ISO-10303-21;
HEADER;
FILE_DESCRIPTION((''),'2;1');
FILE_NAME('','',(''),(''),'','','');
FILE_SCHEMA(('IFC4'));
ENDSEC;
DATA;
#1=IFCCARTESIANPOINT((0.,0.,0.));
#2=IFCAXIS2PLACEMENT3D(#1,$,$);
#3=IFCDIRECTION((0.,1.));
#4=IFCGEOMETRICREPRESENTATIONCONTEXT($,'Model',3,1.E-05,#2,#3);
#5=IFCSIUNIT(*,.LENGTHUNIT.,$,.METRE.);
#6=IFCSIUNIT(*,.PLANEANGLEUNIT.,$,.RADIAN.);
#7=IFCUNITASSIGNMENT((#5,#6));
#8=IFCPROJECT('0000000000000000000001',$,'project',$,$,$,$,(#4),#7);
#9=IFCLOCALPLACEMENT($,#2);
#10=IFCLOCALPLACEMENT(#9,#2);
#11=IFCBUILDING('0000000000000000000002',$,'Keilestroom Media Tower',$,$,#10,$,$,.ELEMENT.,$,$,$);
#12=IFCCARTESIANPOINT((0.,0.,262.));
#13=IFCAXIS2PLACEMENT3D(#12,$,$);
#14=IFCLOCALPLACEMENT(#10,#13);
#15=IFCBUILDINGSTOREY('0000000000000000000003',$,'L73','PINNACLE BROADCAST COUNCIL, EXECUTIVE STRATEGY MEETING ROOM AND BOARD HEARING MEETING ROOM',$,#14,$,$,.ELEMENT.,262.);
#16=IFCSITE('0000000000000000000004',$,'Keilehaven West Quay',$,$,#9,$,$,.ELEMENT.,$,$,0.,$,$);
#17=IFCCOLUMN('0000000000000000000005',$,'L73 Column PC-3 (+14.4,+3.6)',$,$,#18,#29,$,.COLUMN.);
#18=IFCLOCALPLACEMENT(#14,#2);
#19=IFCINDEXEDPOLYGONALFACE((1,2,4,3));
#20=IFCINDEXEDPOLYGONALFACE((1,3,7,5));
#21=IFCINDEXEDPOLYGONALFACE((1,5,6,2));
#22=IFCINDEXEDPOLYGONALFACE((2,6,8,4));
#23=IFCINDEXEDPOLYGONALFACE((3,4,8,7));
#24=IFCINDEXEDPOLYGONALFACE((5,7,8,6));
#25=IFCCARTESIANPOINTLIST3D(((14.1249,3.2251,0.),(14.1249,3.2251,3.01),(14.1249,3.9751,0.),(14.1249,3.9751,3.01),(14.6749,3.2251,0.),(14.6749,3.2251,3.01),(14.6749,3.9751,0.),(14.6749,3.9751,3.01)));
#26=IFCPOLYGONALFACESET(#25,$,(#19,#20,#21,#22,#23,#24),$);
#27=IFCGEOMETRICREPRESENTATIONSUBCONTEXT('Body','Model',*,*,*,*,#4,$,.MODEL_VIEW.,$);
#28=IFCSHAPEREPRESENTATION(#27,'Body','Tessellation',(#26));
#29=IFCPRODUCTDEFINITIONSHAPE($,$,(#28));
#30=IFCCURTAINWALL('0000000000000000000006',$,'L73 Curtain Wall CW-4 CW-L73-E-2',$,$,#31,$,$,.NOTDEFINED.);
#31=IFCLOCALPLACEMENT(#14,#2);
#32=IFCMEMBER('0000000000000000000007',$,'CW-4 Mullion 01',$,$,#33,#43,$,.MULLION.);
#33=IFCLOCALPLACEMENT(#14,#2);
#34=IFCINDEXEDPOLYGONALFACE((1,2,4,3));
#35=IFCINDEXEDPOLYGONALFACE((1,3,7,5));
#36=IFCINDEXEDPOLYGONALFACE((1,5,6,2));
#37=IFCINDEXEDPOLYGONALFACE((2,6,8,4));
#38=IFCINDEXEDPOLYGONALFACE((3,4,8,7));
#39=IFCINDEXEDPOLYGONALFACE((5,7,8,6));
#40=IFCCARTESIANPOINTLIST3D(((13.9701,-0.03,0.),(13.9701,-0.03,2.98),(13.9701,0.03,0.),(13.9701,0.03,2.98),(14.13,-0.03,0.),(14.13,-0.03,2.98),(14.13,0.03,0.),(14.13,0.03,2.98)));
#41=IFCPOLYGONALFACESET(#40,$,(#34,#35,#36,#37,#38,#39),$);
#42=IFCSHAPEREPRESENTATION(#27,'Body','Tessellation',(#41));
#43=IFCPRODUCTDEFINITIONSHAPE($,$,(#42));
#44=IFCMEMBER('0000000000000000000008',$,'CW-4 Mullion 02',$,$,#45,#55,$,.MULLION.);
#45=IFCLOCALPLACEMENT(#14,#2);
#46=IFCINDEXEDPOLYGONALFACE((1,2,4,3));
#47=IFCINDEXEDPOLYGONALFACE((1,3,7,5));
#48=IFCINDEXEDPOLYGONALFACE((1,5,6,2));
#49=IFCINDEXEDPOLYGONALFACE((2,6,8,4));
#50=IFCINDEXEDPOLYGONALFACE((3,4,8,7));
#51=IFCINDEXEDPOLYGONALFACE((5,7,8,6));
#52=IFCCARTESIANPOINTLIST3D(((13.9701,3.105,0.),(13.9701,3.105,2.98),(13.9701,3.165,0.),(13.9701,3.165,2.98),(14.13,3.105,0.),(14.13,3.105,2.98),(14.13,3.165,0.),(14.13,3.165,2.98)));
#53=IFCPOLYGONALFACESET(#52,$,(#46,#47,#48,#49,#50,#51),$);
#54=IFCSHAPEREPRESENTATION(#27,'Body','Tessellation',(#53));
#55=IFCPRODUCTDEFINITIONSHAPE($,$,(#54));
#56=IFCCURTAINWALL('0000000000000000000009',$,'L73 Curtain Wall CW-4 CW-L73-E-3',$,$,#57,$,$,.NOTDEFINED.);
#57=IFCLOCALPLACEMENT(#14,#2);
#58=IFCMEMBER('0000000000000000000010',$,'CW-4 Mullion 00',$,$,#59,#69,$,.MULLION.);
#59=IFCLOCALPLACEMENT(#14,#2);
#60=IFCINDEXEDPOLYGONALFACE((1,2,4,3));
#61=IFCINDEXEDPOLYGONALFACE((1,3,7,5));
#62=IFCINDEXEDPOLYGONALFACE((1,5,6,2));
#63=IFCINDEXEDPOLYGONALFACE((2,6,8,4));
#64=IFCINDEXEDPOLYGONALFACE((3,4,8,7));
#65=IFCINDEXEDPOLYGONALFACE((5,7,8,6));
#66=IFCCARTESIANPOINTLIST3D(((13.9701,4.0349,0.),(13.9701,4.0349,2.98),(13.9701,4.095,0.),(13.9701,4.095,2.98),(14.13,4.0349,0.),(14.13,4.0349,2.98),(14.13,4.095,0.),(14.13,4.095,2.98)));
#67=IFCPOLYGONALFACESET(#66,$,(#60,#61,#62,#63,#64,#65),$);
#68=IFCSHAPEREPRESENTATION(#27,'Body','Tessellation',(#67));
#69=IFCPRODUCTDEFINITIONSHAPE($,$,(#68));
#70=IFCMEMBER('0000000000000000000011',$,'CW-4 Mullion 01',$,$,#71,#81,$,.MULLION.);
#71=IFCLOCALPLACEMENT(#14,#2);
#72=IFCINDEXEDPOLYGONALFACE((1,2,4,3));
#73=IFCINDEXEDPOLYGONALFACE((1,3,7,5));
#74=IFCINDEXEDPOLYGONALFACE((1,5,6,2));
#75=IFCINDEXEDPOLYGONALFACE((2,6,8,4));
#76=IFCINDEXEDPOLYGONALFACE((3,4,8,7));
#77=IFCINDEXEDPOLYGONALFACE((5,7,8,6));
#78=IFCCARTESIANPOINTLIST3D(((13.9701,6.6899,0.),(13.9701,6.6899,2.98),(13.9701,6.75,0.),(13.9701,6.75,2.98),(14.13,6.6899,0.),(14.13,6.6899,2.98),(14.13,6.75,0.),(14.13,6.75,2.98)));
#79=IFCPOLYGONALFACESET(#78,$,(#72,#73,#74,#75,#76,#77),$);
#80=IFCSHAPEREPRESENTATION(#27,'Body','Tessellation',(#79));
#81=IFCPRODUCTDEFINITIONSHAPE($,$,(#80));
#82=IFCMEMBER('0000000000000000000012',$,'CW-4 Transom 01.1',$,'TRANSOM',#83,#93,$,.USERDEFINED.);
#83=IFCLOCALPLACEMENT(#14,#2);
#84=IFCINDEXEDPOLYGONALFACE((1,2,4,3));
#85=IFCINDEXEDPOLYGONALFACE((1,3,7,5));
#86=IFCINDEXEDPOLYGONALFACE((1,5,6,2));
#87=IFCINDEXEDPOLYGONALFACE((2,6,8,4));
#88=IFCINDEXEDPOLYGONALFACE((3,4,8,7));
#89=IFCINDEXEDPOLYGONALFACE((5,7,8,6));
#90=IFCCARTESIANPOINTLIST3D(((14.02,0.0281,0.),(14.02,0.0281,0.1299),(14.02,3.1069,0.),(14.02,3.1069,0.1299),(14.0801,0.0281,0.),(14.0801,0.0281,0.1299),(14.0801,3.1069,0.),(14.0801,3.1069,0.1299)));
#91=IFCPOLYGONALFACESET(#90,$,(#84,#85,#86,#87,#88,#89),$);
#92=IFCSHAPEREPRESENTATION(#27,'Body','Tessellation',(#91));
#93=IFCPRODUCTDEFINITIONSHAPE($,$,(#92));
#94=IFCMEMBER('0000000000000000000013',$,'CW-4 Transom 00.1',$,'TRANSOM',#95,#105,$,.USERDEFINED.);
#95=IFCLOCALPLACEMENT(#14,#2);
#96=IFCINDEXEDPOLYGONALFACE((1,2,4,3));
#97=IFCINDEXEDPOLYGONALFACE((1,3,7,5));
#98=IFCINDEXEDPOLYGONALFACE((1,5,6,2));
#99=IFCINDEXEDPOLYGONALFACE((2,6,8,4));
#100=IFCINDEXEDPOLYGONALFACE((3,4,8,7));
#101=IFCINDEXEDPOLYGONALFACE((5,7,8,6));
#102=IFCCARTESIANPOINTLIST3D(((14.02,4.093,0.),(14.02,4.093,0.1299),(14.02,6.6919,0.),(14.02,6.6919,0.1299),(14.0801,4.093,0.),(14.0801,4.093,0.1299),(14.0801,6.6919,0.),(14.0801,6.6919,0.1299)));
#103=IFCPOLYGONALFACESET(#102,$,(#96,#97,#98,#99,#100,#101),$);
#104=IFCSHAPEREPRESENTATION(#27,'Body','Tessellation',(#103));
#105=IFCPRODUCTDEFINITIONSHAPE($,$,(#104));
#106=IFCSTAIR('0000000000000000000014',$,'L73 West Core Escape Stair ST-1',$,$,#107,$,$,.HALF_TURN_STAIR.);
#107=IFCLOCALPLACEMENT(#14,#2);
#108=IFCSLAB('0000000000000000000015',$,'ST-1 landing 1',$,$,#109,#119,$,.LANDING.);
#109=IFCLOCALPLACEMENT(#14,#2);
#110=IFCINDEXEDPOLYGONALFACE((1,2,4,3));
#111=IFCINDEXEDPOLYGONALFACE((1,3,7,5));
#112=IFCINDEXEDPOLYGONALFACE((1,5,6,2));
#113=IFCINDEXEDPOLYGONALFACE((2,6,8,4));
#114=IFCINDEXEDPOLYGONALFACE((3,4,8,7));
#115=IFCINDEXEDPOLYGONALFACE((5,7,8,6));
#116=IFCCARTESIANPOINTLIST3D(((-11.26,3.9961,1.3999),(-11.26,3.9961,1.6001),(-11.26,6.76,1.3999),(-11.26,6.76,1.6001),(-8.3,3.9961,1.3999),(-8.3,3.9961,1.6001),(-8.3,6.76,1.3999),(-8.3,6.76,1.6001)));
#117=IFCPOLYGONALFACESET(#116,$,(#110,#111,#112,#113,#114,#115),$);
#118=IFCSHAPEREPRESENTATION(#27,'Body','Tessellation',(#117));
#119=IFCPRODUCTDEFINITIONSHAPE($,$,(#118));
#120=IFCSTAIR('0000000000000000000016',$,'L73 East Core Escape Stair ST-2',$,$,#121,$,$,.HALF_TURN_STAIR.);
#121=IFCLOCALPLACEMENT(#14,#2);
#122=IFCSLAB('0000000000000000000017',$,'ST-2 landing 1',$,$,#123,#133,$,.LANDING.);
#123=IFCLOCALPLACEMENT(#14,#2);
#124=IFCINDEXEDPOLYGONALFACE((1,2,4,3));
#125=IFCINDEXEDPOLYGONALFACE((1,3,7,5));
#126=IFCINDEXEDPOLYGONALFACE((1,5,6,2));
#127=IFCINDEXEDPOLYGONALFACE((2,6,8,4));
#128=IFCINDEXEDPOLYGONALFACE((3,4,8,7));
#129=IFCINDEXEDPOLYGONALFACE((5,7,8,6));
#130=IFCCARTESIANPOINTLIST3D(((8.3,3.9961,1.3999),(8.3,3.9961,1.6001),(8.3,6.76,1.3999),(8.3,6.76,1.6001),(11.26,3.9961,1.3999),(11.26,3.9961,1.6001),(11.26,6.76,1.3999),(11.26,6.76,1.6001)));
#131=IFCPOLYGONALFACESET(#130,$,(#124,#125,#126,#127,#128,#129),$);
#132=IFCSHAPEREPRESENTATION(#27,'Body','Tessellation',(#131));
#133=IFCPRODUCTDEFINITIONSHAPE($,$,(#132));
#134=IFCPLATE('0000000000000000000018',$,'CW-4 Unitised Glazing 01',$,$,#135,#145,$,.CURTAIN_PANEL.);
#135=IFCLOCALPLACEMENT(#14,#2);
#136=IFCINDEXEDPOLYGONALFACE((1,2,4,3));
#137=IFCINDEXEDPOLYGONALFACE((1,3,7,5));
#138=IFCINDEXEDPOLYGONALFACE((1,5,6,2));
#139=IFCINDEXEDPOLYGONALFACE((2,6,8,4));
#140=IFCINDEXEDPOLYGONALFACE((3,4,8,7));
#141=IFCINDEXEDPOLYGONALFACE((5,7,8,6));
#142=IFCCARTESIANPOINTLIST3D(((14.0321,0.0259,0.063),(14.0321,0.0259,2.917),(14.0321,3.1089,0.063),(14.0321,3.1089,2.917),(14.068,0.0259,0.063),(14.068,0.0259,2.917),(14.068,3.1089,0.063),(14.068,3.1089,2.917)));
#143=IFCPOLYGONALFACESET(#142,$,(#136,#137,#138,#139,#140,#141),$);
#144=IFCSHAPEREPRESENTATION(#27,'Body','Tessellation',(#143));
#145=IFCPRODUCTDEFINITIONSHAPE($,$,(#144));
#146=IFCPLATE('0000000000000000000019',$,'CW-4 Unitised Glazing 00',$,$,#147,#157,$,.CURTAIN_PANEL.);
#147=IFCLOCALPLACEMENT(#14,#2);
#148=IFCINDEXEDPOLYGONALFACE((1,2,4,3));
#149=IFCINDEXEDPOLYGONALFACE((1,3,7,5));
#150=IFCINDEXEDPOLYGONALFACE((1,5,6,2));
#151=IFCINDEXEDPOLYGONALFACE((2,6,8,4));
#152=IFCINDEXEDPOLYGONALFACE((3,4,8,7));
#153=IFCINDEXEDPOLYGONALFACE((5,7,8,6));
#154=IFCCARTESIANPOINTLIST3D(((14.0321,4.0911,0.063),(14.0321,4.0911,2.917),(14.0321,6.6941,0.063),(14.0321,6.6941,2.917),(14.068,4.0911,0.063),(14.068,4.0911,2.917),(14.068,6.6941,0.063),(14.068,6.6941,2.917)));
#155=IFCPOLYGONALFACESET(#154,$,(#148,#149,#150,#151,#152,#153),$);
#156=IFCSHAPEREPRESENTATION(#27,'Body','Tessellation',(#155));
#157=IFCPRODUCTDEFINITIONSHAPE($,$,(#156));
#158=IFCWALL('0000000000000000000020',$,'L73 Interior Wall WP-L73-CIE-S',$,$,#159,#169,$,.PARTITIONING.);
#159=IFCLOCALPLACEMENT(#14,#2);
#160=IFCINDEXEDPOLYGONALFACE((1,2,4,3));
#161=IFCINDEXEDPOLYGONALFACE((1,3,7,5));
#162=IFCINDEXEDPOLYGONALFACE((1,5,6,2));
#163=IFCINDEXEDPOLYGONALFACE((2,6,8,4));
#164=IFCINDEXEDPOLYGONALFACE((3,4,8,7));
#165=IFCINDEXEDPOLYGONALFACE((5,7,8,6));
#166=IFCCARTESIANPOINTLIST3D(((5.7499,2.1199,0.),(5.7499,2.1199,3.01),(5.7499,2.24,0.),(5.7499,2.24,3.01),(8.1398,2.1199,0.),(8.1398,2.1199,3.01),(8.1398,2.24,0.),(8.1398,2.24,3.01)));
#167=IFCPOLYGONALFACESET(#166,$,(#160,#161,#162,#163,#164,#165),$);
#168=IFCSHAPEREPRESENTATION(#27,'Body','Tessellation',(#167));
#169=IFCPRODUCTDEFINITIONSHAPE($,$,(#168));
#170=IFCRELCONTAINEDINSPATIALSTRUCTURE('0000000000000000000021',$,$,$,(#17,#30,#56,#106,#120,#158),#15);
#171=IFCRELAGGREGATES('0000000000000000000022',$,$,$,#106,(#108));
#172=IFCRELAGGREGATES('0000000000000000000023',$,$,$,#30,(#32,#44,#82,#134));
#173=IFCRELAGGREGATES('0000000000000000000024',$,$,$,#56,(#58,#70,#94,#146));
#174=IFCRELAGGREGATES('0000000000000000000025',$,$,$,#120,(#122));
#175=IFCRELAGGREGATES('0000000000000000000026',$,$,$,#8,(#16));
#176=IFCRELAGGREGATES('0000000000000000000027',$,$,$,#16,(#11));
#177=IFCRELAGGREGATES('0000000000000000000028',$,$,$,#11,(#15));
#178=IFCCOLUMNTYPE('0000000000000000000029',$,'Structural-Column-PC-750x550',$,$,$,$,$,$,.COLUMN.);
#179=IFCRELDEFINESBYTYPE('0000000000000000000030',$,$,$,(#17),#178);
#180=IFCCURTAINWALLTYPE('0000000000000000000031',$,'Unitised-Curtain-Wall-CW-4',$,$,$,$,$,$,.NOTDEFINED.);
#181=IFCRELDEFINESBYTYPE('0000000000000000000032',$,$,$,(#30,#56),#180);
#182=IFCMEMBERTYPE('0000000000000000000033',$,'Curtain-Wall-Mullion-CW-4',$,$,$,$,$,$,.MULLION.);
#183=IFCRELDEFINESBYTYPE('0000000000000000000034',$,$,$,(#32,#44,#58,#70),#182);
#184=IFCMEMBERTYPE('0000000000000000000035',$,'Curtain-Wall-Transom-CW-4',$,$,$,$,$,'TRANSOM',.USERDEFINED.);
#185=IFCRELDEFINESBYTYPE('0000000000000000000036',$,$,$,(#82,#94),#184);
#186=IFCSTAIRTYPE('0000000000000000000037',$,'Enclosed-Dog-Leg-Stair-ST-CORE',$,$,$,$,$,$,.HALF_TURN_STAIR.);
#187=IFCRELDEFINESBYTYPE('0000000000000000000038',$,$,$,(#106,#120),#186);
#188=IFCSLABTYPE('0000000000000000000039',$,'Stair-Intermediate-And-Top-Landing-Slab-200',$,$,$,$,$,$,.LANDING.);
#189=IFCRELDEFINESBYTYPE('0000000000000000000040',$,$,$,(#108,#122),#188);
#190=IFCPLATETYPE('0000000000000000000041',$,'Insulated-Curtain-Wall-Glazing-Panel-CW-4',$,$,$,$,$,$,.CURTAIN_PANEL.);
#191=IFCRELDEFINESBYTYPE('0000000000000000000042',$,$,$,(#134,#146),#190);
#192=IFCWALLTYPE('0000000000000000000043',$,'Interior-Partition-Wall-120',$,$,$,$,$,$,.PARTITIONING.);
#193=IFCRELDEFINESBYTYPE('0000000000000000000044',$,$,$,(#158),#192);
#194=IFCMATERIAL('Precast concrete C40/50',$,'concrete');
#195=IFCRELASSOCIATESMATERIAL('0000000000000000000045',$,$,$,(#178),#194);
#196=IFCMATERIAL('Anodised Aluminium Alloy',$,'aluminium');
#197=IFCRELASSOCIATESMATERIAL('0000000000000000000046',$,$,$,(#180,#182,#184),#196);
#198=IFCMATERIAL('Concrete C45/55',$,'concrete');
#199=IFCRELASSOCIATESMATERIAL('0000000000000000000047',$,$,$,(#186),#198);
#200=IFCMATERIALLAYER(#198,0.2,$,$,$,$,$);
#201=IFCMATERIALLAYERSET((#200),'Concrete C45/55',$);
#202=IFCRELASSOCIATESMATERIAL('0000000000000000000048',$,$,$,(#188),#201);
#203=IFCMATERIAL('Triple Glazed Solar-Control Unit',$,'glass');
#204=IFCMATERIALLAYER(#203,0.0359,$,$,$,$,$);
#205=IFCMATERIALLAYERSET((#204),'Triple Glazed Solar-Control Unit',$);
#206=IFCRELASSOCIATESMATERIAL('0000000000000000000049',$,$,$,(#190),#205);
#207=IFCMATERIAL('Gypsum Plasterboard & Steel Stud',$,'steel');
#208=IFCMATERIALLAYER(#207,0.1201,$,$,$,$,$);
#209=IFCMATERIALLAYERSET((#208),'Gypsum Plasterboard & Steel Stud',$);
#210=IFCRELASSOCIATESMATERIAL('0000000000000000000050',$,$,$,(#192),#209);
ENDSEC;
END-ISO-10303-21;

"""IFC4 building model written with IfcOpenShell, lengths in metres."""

from ifc_helpers import new_model, si_unit, direction, frame, frame_2d, origin, origin_2d, place, context, subcontext, project, spatial, polyline, rectangle, outline, extrude, source, transform, mapped, material, layer, layer_set, material_profile, profile_set, type_object, element, aggregate, save


model = new_model("IFC4")

# Units and contexts
model_context = context("Model", 3, precision=1e-05, world=origin(), true_north=direction((0.0, 1.0)))
body_context = subcontext(model_context, "Body", "Model", "MODEL_VIEW")
ifc_project = project(units=[si_unit("LENGTHUNIT", "METRE"), si_unit("PLANEANGLEUNIT", "RADIAN")], contexts=[model_context])

# Site, building, storey
site_placement = place(None, origin())
site = spatial("IfcSite", under=ifc_project, at=site_placement, Name="Keilehaven West Quay", CompositionType="ELEMENT", RefElevation=0.0)
building_placement = place(site_placement, origin())
building = spatial("IfcBuilding", under=site, at=building_placement, Name="Keilestroom Media Tower", CompositionType="ELEMENT")
storey_placement = place(building_placement, frame((0.0, 0.0, 262.0)))
storey = spatial("IfcBuildingStorey", under=building, at=storey_placement, Name="L73", Description="PINNACLE BROADCAST COUNCIL, EXECUTIVE STRATEGY MEETING ROOM AND BOARD HEARING MEETING ROOM", CompositionType="ELEMENT", Elevation=262.0)

# Column
ifc_material_1 = material(Name="Precast concrete C40/50", Category="concrete")
ifc_material_profile_1 = material_profile(ifc_material_1, rectangle(XDim=0.55, YDim=0.75, at=origin_2d()), Name="PC 750x550")
ifc_profile_set_1 = profile_set([ifc_material_profile_1], Name="Precast concrete C40/50")
column_type = type_object("IfcColumnType", Name="Structural-Column-PC-750x550", PredefinedType="COLUMN", material=ifc_profile_set_1)
shared_shape_1 = source(origin(), body_context, "Body", "SweptSolid", [
    extrude(rectangle(XDim=0.55, YDim=0.75, at=origin_2d()), origin(), (0.0, 0.0, 1.0), 3.01),
])
column_placement = place(storey_placement, frame((14.3999, 3.6001, 0.0), z_axis=(0.0, 0.0, 1.0), x_axis=(1.0, 0.0, 0.0)))
element("IfcColumn", 1, at=column_placement, inside=storey, type_object=column_type, Name="L73 Column PC-3 (+14.4,+3.6)", PredefinedType="COLUMN", context=body_context, shape_type="MappedRepresentation", body=[
    mapped(shared_shape_1, transform((0.0, 0.0, 0.0), x_axis=(1.0, 0.0, 0.0), y_axis=(0.0, 1.0, 0.0), z_axis=(0.0, 0.0, 1.0), scale=1.0)),
])

# Curtain walls, members
ifc_material_2 = material(Name="Anodised Aluminium Alloy", Category="aluminium")
curtain_wall_type = type_object("IfcCurtainWallType", Name="Unitised-Curtain-Wall-CW-4", PredefinedType="NOTDEFINED", material=ifc_material_2)
curtain_wall_1_placement = place(storey_placement, origin())
curtain_wall_1 = element("IfcCurtainWall", 2, at=curtain_wall_1_placement, inside=storey, type_object=curtain_wall_type, Name="L73 Curtain Wall CW-4 CW-L73-E-2", PredefinedType="NOTDEFINED")
ifc_material_profile_2 = material_profile(ifc_material_2, rectangle(XDim=0.0601, YDim=0.1599, at=origin_2d()), Name="ALU MULLION 60x160")
ifc_profile_set_2 = profile_set([ifc_material_profile_2], Name="Anodised Aluminium Alloy")
member_type_1 = type_object("IfcMemberType", Name="Curtain-Wall-Mullion-CW-4", PredefinedType="MULLION", material=ifc_profile_set_2)
shared_shape_2 = source(origin(), body_context, "Body", "SweptSolid", [
    extrude(rectangle(XDim=0.0601, YDim=0.1599, at=origin_2d()), origin(), (0.0, 0.0, 1.0), 2.98),
])
member_1_placement = place(storey_placement, frame((14.05, 0.0, 0.0), z_axis=(0.0, 0.0, 1.0), x_axis=(0.0, 1.0, 0.0)))
member_1 = element("IfcMember", 3, at=member_1_placement, type_object=member_type_1, Name="CW-4 Mullion 01", PredefinedType="MULLION", context=body_context, shape_type="MappedRepresentation", body=[
    mapped(shared_shape_2, transform((0.0, 0.0, 0.0), x_axis=(1.0, 0.0, 0.0), y_axis=(0.0, 1.0, 0.0), z_axis=(0.0, 0.0, 1.0), scale=1.0)),
])
member_2_placement = place(storey_placement, frame((14.05, 3.135, 0.0), z_axis=(0.0, 0.0, 1.0), x_axis=(0.0, 1.0, 0.0)))
member_2 = element("IfcMember", 4, at=member_2_placement, type_object=member_type_1, Name="CW-4 Mullion 02", PredefinedType="MULLION", context=body_context, shape_type="MappedRepresentation", body=[
    mapped(shared_shape_2, transform((0.0, 0.0, 0.0), x_axis=(1.0, 0.0, 0.0), y_axis=(0.0, 1.0, 0.0), z_axis=(0.0, 0.0, 1.0), scale=1.0)),
])
curtain_wall_2_placement = place(storey_placement, origin())
curtain_wall_2 = element("IfcCurtainWall", 5, at=curtain_wall_2_placement, inside=storey, type_object=curtain_wall_type, Name="L73 Curtain Wall CW-4 CW-L73-E-3", PredefinedType="NOTDEFINED")
member_3_placement = place(storey_placement, frame((14.05, 4.0649, 0.0), z_axis=(0.0, 0.0, 1.0), x_axis=(0.0, 1.0, 0.0)))
member_3 = element("IfcMember", 6, at=member_3_placement, type_object=member_type_1, Name="CW-4 Mullion 00", PredefinedType="MULLION", context=body_context, shape_type="MappedRepresentation", body=[
    mapped(shared_shape_2, transform((0.0, 0.0, 0.0), x_axis=(1.0, 0.0, 0.0), y_axis=(0.0, 1.0, 0.0), z_axis=(0.0, 0.0, 1.0), scale=1.0)),
])
member_4_placement = place(storey_placement, frame((14.05, 6.72, 0.0), z_axis=(0.0, 0.0, 1.0), x_axis=(0.0, 1.0, 0.0)))
member_4 = element("IfcMember", 7, at=member_4_placement, type_object=member_type_1, Name="CW-4 Mullion 01", PredefinedType="MULLION", context=body_context, shape_type="MappedRepresentation", body=[
    mapped(shared_shape_2, transform((0.0, 0.0, 0.0), x_axis=(1.0, 0.0, 0.0), y_axis=(0.0, 1.0, 0.0), z_axis=(0.0, 0.0, 1.0), scale=1.0)),
])

# Members
ifc_material_profile_3 = material_profile(ifc_material_2, rectangle(XDim=0.0601, YDim=0.1299, at=origin_2d()), Name="ALU TRANSOM 60x130")
ifc_profile_set_3 = profile_set([ifc_material_profile_3], Name="Anodised Aluminium Alloy")
member_type_2 = type_object("IfcMemberType", Name="Curtain-Wall-Transom-CW-4", ElementType="TRANSOM", PredefinedType="USERDEFINED", material=ifc_profile_set_3)
shared_shape_3 = source(origin(), body_context, "Body", "SweptSolid", [
    extrude(rectangle(XDim=0.0601, YDim=0.1299, at=origin_2d()), origin(), (0.0, 0.0, 1.0), 3.0789),
])
member_5_placement = place(storey_placement, frame((14.05, 0.0281, 0.0649), z_axis=(0.0, 1.0, 0.0), x_axis=(-1.0, 0.0, 0.0)))
member_5 = element("IfcMember", 8, at=member_5_placement, type_object=member_type_2, Name="CW-4 Transom 01.1", ObjectType="TRANSOM", PredefinedType="USERDEFINED", context=body_context, shape_type="MappedRepresentation", body=[
    mapped(shared_shape_3, transform((0.0, 0.0, 0.0), x_axis=(1.0, 0.0, 0.0), y_axis=(0.0, 1.0, 0.0), z_axis=(0.0, 0.0, 1.0), scale=1.0)),
])
shared_shape_4 = source(origin(), body_context, "Body", "SweptSolid", [
    extrude(rectangle(XDim=0.0601, YDim=0.1299, at=origin_2d()), origin(), (0.0, 0.0, 1.0), 2.5989),
])
member_6_placement = place(storey_placement, frame((14.05, 4.093, 0.0649), z_axis=(0.0, 1.0, 0.0), x_axis=(-1.0, 0.0, 0.0)))
member_6 = element("IfcMember", 9, at=member_6_placement, type_object=member_type_2, Name="CW-4 Transom 00.1", ObjectType="TRANSOM", PredefinedType="USERDEFINED", context=body_context, shape_type="MappedRepresentation", body=[
    mapped(shared_shape_4, transform((0.0, 0.0, 0.0), x_axis=(1.0, 0.0, 0.0), y_axis=(0.0, 1.0, 0.0), z_axis=(0.0, 0.0, 1.0), scale=1.0)),
])

# Stairs, slabs
ifc_material_3 = material(Name="Concrete C45/55", Category="concrete")
stair_type = type_object("IfcStairType", Name="Enclosed-Dog-Leg-Stair-ST-CORE", PredefinedType="HALF_TURN_STAIR", material=ifc_material_3)
stair_1_placement = place(storey_placement, origin())
stair_1 = element("IfcStair", 10, at=stair_1_placement, inside=storey, type_object=stair_type, Name="L73 West Core Escape Stair ST-1", PredefinedType="HALF_TURN_STAIR")
ifc_layer_1 = layer(ifc_material_3, 0.2)
ifc_layer_set_1 = layer_set([ifc_layer_1], Name="Concrete C45/55")
slab_type = type_object("IfcSlabType", Name="Stair-Intermediate-And-Top-Landing-Slab-200", PredefinedType="LANDING", material=ifc_layer_set_1)
slab_1_placement = place(storey_placement, frame((0.0, 0.0, 1.3999)))
slab_1 = element("IfcSlab", 11, at=slab_1_placement, type_object=slab_type, Name="ST-1 landing 1", PredefinedType="LANDING", context=body_context, shape_type="SweptSolid", body=[
    extrude(outline(polyline([(-8.3, 3.9961), (-8.3, 6.76), (-11.26, 6.76), (-11.26, 3.9961), (-8.3, 3.9961)])), origin(), (0.0, 0.0, 1.0), 0.2002),
])
aggregate(stair_1, [slab_1])
stair_2_placement = place(storey_placement, origin())
stair_2 = element("IfcStair", 12, at=stair_2_placement, inside=storey, type_object=stair_type, Name="L73 East Core Escape Stair ST-2", PredefinedType="HALF_TURN_STAIR")
slab_2_placement = place(storey_placement, frame((0.0, 0.0, 1.3999)))
slab_2 = element("IfcSlab", 13, at=slab_2_placement, type_object=slab_type, Name="ST-2 landing 1", PredefinedType="LANDING", context=body_context, shape_type="SweptSolid", body=[
    extrude(outline(polyline([(11.26, 3.9961), (11.26, 6.76), (8.3, 6.76), (8.3, 3.9961), (11.26, 3.9961)])), origin(), (0.0, 0.0, 1.0), 0.2002),
])

# Plates
ifc_material_4 = material(Name="Triple Glazed Solar-Control Unit", Category="glass")
ifc_layer_2 = layer(ifc_material_4, 0.0359)
ifc_layer_set_2 = layer_set([ifc_layer_2], Name="Triple Glazed Solar-Control Unit")
plate_type = type_object("IfcPlateType", Name="Insulated-Curtain-Wall-Glazing-Panel-CW-4", PredefinedType="CURTAIN_PANEL", material=ifc_layer_set_2)
shared_shape_5 = source(origin(), body_context, "Body", "SweptSolid", [
    extrude(rectangle(XDim=3.083, YDim=0.0359, at=origin_2d()), origin(), (0.0, 0.0, 1.0), 2.854),
])
plate_1_placement = place(storey_placement, frame((14.05, 1.5674, 0.063), z_axis=(0.0, 0.0, 1.0), x_axis=(0.0, 1.0, 0.0)))
plate_1 = element("IfcPlate", 14, at=plate_1_placement, type_object=plate_type, Name="CW-4 Unitised Glazing 01", PredefinedType="CURTAIN_PANEL", context=body_context, shape_type="MappedRepresentation", body=[
    mapped(shared_shape_5, transform((0.0, 0.0, 0.0), x_axis=(1.0, 0.0, 0.0), y_axis=(0.0, 1.0, 0.0), z_axis=(0.0, 0.0, 1.0), scale=1.0)),
])
aggregate(curtain_wall_1, [member_1, member_2, member_5, plate_1])
shared_shape_6 = source(origin(), body_context, "Body", "SweptSolid", [
    extrude(rectangle(XDim=2.603, YDim=0.0359, at=origin_2d()), origin(), (0.0, 0.0, 1.0), 2.854),
])
plate_2_placement = place(storey_placement, frame((14.05, 5.3926, 0.063), z_axis=(0.0, 0.0, 1.0), x_axis=(0.0, 1.0, 0.0)))
plate_2 = element("IfcPlate", 15, at=plate_2_placement, type_object=plate_type, Name="CW-4 Unitised Glazing 00", PredefinedType="CURTAIN_PANEL", context=body_context, shape_type="MappedRepresentation", body=[
    mapped(shared_shape_6, transform((0.0, 0.0, 0.0), x_axis=(1.0, 0.0, 0.0), y_axis=(0.0, 1.0, 0.0), z_axis=(0.0, 0.0, 1.0), scale=1.0)),
])
aggregate(curtain_wall_2, [member_3, member_4, member_6, plate_2])

# Wall
ifc_material_5 = material(Name="Gypsum Plasterboard & Steel Stud", Category="steel")
ifc_layer_3 = layer(ifc_material_5, 0.1201)
ifc_layer_set_3 = layer_set([ifc_layer_3], Name="Gypsum Plasterboard & Steel Stud")
wall_type_1 = type_object("IfcWallType", Name="Interior-Partition-Wall-120", PredefinedType="PARTITIONING", material=ifc_layer_set_3)
wall_1_placement = place(storey_placement, frame((5.75, 2.1799, 0.0), z_axis=(0.0, 0.0, 1.0), x_axis=(1.0, 0.0, 0.0)))
element("IfcWall", 16, at=wall_1_placement, inside=storey, type_object=wall_type_1, Name="L73 Interior Wall WP-L73-CIE-S", PredefinedType="PARTITIONING", context=body_context, shape_type="SweptSolid", body=[
    extrude(rectangle(XDim=2.3899, YDim=0.1201, at=frame_2d((1.1948, 0.0))), origin(), (0.0, 0.0, 1.0), 3.01),
])

aggregate(stair_2, [slab_2])

save(model, "model.ifc")
